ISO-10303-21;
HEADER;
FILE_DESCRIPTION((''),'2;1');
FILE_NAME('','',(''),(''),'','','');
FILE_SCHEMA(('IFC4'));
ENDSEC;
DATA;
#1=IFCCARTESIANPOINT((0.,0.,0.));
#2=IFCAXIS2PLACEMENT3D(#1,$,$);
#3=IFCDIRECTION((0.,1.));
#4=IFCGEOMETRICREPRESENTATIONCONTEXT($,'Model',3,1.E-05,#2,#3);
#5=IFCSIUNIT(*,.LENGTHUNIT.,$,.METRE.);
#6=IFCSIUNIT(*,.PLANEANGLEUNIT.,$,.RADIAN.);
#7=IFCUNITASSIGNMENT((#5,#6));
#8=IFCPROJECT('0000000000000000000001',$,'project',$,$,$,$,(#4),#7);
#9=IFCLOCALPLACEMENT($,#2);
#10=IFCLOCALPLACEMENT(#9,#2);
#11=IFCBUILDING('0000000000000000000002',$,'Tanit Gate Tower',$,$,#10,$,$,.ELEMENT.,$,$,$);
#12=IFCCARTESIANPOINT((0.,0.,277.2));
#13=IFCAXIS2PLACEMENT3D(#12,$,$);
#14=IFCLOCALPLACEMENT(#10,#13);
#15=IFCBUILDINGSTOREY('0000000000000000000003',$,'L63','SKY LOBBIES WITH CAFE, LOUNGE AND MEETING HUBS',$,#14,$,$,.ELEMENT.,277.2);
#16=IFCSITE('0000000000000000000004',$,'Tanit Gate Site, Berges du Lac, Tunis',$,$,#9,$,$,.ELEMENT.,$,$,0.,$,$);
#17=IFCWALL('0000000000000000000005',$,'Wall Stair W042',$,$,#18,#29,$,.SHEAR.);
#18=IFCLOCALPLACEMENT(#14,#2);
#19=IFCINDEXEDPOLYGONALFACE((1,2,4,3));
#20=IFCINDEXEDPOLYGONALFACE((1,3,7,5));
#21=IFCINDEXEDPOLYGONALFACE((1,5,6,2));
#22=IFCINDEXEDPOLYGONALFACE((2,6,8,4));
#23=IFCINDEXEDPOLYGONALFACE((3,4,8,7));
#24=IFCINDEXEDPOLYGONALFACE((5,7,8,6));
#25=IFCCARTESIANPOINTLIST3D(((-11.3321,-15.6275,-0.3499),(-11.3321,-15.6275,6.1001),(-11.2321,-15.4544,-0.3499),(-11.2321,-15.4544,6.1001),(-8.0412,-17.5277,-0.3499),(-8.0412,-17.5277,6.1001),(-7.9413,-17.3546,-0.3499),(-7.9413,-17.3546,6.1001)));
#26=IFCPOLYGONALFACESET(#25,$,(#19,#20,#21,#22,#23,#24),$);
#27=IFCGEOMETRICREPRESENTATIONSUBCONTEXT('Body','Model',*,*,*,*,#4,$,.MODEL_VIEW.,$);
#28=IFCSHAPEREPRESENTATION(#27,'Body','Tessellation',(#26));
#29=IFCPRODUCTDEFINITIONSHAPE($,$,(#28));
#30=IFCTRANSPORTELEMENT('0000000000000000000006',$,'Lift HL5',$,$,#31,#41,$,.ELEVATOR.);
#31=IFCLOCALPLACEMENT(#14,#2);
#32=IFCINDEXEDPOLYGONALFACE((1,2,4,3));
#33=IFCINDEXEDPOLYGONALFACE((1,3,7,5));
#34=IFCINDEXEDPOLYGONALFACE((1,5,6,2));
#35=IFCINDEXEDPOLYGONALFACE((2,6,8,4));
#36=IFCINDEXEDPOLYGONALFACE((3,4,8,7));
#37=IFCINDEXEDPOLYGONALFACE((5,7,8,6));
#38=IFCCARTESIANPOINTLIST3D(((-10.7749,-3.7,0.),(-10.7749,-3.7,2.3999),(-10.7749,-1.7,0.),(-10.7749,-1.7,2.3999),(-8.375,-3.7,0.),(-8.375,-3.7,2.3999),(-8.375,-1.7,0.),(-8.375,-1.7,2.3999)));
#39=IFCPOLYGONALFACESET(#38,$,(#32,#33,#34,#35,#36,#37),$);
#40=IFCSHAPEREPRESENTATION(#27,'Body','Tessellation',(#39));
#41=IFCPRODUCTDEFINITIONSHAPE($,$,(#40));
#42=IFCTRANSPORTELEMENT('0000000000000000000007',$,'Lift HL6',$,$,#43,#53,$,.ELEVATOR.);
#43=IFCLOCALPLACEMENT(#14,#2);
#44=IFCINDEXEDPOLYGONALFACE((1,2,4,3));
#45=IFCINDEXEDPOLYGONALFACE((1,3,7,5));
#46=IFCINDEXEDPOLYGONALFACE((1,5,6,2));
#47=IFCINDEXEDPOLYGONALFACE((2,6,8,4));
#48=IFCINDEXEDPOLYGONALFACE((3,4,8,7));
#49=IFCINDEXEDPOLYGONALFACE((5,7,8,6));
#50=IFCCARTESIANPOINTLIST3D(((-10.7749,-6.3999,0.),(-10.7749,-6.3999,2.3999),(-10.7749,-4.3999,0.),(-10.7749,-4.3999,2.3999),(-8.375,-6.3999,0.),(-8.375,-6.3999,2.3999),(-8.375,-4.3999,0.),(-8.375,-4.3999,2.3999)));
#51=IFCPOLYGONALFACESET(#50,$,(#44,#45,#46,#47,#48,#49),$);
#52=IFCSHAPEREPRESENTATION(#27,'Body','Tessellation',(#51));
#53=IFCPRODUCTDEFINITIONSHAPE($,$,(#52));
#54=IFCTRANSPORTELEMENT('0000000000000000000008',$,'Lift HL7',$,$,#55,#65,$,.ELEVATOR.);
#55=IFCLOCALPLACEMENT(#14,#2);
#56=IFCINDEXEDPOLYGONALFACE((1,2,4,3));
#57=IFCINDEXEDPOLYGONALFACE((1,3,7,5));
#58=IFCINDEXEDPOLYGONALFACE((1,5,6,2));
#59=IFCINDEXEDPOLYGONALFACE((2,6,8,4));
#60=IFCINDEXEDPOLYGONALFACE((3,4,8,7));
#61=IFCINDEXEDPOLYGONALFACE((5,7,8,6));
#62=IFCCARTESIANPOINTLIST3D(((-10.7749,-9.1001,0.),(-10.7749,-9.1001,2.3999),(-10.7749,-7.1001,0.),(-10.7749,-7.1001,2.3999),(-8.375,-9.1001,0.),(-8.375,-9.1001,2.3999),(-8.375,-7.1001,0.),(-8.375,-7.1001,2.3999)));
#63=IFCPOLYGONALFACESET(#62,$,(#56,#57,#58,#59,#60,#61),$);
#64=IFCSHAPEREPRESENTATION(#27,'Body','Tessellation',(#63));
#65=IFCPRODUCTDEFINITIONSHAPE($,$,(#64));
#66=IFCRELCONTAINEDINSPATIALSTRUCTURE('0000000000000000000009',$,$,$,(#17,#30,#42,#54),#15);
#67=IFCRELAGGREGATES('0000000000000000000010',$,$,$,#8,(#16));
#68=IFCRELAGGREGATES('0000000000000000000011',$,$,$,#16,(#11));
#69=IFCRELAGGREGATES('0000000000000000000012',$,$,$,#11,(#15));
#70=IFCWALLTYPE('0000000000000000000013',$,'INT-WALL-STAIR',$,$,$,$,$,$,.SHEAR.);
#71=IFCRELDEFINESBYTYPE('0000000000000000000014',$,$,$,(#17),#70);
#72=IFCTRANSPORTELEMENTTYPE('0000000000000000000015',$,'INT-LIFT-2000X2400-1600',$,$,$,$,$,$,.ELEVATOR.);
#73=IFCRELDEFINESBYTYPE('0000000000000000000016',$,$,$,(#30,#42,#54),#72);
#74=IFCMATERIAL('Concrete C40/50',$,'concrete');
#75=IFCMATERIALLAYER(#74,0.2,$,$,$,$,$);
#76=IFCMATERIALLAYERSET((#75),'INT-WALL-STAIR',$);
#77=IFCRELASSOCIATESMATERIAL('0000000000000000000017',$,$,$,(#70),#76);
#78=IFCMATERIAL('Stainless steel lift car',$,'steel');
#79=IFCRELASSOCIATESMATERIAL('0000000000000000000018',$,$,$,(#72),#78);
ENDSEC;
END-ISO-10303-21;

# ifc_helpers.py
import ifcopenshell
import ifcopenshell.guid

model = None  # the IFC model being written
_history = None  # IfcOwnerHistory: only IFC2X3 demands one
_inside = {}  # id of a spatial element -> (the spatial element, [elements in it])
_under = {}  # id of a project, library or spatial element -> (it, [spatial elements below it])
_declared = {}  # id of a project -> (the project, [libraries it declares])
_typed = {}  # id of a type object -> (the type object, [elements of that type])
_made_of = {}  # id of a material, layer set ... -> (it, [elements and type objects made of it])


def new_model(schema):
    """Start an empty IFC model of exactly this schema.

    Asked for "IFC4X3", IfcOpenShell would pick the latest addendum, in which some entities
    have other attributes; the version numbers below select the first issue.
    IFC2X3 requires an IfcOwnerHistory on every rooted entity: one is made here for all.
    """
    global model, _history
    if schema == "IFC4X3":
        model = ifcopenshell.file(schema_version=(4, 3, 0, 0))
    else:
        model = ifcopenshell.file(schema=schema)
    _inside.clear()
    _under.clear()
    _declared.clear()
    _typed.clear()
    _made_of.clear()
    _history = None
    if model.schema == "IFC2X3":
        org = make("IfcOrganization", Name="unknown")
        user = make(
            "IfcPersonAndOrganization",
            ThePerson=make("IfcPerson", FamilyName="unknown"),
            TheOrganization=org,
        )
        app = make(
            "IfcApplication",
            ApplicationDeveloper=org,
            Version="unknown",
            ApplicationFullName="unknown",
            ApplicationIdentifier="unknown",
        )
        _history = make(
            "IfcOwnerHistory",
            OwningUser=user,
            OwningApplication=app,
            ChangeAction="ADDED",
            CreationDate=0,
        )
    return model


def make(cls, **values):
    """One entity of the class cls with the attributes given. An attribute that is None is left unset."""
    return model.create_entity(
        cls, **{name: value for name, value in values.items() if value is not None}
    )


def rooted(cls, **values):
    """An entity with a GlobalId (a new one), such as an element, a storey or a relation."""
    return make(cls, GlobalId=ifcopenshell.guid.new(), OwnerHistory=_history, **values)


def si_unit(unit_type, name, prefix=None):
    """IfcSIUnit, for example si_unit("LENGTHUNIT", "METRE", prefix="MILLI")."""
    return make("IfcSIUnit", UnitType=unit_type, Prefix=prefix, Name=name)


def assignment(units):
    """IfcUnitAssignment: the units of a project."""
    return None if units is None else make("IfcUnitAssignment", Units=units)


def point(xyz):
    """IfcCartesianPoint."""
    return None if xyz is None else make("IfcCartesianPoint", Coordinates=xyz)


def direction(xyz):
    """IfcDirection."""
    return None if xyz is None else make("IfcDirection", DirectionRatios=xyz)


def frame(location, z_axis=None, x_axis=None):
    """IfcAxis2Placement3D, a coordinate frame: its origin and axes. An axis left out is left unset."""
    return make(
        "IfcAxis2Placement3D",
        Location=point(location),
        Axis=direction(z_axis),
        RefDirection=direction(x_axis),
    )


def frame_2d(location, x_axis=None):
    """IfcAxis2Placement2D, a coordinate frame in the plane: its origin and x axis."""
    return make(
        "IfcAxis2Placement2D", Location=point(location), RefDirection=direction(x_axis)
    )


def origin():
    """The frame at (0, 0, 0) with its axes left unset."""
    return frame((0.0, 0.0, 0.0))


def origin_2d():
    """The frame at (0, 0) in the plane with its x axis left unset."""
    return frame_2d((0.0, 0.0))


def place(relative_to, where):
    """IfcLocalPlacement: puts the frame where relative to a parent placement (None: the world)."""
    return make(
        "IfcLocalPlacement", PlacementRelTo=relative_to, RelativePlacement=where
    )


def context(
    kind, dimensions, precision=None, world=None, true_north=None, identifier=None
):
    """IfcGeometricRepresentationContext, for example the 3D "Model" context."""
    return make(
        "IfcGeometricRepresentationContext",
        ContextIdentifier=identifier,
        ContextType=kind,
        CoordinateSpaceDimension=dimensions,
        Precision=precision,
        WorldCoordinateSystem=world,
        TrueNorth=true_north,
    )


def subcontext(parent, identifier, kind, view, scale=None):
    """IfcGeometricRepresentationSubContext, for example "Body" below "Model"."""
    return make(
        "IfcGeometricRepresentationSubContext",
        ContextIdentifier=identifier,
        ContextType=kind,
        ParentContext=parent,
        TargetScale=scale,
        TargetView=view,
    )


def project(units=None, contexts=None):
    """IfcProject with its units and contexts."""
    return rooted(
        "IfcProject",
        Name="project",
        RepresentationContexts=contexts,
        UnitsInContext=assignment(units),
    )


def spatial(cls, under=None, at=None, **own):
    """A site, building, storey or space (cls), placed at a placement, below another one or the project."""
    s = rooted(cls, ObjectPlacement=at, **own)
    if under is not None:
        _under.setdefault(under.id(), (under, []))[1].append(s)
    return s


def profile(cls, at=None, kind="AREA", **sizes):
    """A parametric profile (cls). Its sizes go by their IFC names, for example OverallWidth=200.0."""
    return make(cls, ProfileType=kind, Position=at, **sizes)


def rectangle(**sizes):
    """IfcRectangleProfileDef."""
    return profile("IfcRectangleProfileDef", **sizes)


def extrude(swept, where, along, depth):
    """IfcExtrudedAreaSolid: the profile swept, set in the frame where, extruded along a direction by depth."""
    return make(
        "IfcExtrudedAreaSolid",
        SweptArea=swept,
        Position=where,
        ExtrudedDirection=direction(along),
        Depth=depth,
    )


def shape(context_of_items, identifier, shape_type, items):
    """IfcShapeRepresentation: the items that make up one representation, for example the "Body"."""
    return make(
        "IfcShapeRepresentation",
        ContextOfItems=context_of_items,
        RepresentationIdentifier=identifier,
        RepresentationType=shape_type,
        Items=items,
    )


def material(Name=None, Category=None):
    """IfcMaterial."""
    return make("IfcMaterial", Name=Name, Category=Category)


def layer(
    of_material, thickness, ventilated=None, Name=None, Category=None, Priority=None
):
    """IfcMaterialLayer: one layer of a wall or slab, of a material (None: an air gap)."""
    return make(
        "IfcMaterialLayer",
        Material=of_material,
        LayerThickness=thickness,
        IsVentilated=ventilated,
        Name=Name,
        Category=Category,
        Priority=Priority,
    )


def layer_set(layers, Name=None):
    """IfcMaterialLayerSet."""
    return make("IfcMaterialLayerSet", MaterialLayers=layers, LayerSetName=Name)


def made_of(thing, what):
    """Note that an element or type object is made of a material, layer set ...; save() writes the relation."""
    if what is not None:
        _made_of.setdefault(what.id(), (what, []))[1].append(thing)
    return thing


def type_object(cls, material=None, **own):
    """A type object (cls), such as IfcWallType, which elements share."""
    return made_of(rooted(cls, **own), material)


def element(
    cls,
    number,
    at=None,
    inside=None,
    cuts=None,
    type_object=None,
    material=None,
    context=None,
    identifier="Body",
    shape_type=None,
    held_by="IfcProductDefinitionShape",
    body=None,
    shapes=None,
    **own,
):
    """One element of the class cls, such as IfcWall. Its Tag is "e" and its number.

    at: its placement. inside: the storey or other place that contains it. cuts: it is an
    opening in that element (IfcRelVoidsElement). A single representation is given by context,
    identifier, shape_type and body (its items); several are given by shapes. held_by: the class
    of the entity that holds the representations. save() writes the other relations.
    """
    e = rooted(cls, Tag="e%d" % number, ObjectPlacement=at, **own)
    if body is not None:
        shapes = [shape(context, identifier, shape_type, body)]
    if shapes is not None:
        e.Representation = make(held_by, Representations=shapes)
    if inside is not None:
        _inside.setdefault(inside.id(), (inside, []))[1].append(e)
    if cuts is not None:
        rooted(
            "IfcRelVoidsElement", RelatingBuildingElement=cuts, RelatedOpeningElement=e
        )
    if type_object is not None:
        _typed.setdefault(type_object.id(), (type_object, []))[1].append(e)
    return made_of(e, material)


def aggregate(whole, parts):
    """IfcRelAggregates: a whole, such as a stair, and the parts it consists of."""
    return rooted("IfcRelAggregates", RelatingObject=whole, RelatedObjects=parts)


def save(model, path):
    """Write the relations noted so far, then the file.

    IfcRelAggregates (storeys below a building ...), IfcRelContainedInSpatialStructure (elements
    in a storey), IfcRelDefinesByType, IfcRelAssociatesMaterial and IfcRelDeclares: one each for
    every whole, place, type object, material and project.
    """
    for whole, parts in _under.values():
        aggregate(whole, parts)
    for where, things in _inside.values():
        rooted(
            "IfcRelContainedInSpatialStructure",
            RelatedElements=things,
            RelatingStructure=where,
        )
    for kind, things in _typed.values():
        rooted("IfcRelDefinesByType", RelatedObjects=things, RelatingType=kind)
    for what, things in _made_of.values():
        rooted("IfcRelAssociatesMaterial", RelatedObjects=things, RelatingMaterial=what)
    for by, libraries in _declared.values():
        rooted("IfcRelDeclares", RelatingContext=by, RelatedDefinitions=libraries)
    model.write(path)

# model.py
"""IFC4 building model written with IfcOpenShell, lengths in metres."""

from ifc_helpers import new_model, si_unit, direction, frame, frame_2d, origin, origin_2d, place, context, subcontext, project, spatial, rectangle, extrude, material, layer, layer_set, type_object, element, save


model = new_model("IFC4")

# Units and contexts
model_context = context("Model", 3, precision=1e-05, world=origin(), true_north=direction((0.0, 1.0)))
body_context = subcontext(model_context, "Body", "Model", "MODEL_VIEW")
ifc_project = project(units=[si_unit("LENGTHUNIT", "METRE"), si_unit("PLANEANGLEUNIT", "RADIAN")], contexts=[model_context])

# Site, building, storey
site_placement = place(None, origin())
site = spatial("IfcSite", under=ifc_project, at=site_placement, Name="Tanit Gate Site, Berges du Lac, Tunis", CompositionType="ELEMENT", RefElevation=0.0)
building_placement = place(site_placement, origin())
building = spatial("IfcBuilding", under=site, at=building_placement, Name="Tanit Gate Tower", CompositionType="ELEMENT")
storey_placement = place(building_placement, frame((0.0, 0.0, 277.2)))
storey = spatial("IfcBuildingStorey", under=building, at=storey_placement, Name="L63", Description="SKY LOBBIES WITH CAFE, LOUNGE AND MEETING HUBS", CompositionType="ELEMENT", Elevation=277.2)

# Wall
ifc_material_1 = material(Name="Concrete C40/50", Category="concrete")
ifc_layer_1 = layer(ifc_material_1, 0.2)
ifc_layer_set_1 = layer_set([ifc_layer_1], Name="INT-WALL-STAIR")
wall_type_1 = type_object("IfcWallType", Name="INT-WALL-STAIR", PredefinedType="SHEAR", material=ifc_layer_set_1)
wall_1_placement = place(storey_placement, frame((-11.282, -15.541, -0.3499), z_axis=(0.0, 0.0, 1.0), x_axis=(0.866, -0.500043, 0.0)))
element("IfcWall", 1, at=wall_1_placement, inside=storey, type_object=wall_type_1, Name="Wall Stair W042", PredefinedType="SHEAR", context=body_context, shape_type="SweptSolid", body=[
    extrude(rectangle(XDim=3.8, YDim=0.2, at=frame_2d((1.8999, 0.0))), origin(), (0.0, 0.0, 1.0), 6.45),
])

# Transport elements
ifc_material_2 = material(Name="Stainless steel lift car", Category="steel")
transport_element_type = type_object("IfcTransportElementType", Name="INT-LIFT-2000X2400-1600", PredefinedType="ELEVATOR", material=ifc_material_2)
for number, where, z_axis, x_axis, name in (
    (2, (-9.575, -2.7, 0.0), (0.0, 0.0, 1.0), (0.0, -1.0, 0.0), "Lift HL5"),
    (3, (-9.575, -5.3999, 0.0), (0.0, 0.0, 1.0), (0.0, -1.0, 0.0), "Lift HL6"),
    (4, (-9.575, -8.1001, 0.0), (0.0, 0.0, 1.0), (0.0, -1.0, 0.0), "Lift HL7"),
):
    element("IfcTransportElement", number, at=place(storey_placement, frame(where, z_axis=z_axis, x_axis=x_axis)), inside=storey, type_object=transport_element_type, Name=name, PredefinedType="ELEVATOR", context=body_context, shape_type="SweptSolid", body=[
        extrude(rectangle(XDim=2.0, YDim=2.3999, at=origin_2d()), origin(), (0.0, 0.0, 1.0), 2.3999),
    ])

save(model, "model.ifc")
